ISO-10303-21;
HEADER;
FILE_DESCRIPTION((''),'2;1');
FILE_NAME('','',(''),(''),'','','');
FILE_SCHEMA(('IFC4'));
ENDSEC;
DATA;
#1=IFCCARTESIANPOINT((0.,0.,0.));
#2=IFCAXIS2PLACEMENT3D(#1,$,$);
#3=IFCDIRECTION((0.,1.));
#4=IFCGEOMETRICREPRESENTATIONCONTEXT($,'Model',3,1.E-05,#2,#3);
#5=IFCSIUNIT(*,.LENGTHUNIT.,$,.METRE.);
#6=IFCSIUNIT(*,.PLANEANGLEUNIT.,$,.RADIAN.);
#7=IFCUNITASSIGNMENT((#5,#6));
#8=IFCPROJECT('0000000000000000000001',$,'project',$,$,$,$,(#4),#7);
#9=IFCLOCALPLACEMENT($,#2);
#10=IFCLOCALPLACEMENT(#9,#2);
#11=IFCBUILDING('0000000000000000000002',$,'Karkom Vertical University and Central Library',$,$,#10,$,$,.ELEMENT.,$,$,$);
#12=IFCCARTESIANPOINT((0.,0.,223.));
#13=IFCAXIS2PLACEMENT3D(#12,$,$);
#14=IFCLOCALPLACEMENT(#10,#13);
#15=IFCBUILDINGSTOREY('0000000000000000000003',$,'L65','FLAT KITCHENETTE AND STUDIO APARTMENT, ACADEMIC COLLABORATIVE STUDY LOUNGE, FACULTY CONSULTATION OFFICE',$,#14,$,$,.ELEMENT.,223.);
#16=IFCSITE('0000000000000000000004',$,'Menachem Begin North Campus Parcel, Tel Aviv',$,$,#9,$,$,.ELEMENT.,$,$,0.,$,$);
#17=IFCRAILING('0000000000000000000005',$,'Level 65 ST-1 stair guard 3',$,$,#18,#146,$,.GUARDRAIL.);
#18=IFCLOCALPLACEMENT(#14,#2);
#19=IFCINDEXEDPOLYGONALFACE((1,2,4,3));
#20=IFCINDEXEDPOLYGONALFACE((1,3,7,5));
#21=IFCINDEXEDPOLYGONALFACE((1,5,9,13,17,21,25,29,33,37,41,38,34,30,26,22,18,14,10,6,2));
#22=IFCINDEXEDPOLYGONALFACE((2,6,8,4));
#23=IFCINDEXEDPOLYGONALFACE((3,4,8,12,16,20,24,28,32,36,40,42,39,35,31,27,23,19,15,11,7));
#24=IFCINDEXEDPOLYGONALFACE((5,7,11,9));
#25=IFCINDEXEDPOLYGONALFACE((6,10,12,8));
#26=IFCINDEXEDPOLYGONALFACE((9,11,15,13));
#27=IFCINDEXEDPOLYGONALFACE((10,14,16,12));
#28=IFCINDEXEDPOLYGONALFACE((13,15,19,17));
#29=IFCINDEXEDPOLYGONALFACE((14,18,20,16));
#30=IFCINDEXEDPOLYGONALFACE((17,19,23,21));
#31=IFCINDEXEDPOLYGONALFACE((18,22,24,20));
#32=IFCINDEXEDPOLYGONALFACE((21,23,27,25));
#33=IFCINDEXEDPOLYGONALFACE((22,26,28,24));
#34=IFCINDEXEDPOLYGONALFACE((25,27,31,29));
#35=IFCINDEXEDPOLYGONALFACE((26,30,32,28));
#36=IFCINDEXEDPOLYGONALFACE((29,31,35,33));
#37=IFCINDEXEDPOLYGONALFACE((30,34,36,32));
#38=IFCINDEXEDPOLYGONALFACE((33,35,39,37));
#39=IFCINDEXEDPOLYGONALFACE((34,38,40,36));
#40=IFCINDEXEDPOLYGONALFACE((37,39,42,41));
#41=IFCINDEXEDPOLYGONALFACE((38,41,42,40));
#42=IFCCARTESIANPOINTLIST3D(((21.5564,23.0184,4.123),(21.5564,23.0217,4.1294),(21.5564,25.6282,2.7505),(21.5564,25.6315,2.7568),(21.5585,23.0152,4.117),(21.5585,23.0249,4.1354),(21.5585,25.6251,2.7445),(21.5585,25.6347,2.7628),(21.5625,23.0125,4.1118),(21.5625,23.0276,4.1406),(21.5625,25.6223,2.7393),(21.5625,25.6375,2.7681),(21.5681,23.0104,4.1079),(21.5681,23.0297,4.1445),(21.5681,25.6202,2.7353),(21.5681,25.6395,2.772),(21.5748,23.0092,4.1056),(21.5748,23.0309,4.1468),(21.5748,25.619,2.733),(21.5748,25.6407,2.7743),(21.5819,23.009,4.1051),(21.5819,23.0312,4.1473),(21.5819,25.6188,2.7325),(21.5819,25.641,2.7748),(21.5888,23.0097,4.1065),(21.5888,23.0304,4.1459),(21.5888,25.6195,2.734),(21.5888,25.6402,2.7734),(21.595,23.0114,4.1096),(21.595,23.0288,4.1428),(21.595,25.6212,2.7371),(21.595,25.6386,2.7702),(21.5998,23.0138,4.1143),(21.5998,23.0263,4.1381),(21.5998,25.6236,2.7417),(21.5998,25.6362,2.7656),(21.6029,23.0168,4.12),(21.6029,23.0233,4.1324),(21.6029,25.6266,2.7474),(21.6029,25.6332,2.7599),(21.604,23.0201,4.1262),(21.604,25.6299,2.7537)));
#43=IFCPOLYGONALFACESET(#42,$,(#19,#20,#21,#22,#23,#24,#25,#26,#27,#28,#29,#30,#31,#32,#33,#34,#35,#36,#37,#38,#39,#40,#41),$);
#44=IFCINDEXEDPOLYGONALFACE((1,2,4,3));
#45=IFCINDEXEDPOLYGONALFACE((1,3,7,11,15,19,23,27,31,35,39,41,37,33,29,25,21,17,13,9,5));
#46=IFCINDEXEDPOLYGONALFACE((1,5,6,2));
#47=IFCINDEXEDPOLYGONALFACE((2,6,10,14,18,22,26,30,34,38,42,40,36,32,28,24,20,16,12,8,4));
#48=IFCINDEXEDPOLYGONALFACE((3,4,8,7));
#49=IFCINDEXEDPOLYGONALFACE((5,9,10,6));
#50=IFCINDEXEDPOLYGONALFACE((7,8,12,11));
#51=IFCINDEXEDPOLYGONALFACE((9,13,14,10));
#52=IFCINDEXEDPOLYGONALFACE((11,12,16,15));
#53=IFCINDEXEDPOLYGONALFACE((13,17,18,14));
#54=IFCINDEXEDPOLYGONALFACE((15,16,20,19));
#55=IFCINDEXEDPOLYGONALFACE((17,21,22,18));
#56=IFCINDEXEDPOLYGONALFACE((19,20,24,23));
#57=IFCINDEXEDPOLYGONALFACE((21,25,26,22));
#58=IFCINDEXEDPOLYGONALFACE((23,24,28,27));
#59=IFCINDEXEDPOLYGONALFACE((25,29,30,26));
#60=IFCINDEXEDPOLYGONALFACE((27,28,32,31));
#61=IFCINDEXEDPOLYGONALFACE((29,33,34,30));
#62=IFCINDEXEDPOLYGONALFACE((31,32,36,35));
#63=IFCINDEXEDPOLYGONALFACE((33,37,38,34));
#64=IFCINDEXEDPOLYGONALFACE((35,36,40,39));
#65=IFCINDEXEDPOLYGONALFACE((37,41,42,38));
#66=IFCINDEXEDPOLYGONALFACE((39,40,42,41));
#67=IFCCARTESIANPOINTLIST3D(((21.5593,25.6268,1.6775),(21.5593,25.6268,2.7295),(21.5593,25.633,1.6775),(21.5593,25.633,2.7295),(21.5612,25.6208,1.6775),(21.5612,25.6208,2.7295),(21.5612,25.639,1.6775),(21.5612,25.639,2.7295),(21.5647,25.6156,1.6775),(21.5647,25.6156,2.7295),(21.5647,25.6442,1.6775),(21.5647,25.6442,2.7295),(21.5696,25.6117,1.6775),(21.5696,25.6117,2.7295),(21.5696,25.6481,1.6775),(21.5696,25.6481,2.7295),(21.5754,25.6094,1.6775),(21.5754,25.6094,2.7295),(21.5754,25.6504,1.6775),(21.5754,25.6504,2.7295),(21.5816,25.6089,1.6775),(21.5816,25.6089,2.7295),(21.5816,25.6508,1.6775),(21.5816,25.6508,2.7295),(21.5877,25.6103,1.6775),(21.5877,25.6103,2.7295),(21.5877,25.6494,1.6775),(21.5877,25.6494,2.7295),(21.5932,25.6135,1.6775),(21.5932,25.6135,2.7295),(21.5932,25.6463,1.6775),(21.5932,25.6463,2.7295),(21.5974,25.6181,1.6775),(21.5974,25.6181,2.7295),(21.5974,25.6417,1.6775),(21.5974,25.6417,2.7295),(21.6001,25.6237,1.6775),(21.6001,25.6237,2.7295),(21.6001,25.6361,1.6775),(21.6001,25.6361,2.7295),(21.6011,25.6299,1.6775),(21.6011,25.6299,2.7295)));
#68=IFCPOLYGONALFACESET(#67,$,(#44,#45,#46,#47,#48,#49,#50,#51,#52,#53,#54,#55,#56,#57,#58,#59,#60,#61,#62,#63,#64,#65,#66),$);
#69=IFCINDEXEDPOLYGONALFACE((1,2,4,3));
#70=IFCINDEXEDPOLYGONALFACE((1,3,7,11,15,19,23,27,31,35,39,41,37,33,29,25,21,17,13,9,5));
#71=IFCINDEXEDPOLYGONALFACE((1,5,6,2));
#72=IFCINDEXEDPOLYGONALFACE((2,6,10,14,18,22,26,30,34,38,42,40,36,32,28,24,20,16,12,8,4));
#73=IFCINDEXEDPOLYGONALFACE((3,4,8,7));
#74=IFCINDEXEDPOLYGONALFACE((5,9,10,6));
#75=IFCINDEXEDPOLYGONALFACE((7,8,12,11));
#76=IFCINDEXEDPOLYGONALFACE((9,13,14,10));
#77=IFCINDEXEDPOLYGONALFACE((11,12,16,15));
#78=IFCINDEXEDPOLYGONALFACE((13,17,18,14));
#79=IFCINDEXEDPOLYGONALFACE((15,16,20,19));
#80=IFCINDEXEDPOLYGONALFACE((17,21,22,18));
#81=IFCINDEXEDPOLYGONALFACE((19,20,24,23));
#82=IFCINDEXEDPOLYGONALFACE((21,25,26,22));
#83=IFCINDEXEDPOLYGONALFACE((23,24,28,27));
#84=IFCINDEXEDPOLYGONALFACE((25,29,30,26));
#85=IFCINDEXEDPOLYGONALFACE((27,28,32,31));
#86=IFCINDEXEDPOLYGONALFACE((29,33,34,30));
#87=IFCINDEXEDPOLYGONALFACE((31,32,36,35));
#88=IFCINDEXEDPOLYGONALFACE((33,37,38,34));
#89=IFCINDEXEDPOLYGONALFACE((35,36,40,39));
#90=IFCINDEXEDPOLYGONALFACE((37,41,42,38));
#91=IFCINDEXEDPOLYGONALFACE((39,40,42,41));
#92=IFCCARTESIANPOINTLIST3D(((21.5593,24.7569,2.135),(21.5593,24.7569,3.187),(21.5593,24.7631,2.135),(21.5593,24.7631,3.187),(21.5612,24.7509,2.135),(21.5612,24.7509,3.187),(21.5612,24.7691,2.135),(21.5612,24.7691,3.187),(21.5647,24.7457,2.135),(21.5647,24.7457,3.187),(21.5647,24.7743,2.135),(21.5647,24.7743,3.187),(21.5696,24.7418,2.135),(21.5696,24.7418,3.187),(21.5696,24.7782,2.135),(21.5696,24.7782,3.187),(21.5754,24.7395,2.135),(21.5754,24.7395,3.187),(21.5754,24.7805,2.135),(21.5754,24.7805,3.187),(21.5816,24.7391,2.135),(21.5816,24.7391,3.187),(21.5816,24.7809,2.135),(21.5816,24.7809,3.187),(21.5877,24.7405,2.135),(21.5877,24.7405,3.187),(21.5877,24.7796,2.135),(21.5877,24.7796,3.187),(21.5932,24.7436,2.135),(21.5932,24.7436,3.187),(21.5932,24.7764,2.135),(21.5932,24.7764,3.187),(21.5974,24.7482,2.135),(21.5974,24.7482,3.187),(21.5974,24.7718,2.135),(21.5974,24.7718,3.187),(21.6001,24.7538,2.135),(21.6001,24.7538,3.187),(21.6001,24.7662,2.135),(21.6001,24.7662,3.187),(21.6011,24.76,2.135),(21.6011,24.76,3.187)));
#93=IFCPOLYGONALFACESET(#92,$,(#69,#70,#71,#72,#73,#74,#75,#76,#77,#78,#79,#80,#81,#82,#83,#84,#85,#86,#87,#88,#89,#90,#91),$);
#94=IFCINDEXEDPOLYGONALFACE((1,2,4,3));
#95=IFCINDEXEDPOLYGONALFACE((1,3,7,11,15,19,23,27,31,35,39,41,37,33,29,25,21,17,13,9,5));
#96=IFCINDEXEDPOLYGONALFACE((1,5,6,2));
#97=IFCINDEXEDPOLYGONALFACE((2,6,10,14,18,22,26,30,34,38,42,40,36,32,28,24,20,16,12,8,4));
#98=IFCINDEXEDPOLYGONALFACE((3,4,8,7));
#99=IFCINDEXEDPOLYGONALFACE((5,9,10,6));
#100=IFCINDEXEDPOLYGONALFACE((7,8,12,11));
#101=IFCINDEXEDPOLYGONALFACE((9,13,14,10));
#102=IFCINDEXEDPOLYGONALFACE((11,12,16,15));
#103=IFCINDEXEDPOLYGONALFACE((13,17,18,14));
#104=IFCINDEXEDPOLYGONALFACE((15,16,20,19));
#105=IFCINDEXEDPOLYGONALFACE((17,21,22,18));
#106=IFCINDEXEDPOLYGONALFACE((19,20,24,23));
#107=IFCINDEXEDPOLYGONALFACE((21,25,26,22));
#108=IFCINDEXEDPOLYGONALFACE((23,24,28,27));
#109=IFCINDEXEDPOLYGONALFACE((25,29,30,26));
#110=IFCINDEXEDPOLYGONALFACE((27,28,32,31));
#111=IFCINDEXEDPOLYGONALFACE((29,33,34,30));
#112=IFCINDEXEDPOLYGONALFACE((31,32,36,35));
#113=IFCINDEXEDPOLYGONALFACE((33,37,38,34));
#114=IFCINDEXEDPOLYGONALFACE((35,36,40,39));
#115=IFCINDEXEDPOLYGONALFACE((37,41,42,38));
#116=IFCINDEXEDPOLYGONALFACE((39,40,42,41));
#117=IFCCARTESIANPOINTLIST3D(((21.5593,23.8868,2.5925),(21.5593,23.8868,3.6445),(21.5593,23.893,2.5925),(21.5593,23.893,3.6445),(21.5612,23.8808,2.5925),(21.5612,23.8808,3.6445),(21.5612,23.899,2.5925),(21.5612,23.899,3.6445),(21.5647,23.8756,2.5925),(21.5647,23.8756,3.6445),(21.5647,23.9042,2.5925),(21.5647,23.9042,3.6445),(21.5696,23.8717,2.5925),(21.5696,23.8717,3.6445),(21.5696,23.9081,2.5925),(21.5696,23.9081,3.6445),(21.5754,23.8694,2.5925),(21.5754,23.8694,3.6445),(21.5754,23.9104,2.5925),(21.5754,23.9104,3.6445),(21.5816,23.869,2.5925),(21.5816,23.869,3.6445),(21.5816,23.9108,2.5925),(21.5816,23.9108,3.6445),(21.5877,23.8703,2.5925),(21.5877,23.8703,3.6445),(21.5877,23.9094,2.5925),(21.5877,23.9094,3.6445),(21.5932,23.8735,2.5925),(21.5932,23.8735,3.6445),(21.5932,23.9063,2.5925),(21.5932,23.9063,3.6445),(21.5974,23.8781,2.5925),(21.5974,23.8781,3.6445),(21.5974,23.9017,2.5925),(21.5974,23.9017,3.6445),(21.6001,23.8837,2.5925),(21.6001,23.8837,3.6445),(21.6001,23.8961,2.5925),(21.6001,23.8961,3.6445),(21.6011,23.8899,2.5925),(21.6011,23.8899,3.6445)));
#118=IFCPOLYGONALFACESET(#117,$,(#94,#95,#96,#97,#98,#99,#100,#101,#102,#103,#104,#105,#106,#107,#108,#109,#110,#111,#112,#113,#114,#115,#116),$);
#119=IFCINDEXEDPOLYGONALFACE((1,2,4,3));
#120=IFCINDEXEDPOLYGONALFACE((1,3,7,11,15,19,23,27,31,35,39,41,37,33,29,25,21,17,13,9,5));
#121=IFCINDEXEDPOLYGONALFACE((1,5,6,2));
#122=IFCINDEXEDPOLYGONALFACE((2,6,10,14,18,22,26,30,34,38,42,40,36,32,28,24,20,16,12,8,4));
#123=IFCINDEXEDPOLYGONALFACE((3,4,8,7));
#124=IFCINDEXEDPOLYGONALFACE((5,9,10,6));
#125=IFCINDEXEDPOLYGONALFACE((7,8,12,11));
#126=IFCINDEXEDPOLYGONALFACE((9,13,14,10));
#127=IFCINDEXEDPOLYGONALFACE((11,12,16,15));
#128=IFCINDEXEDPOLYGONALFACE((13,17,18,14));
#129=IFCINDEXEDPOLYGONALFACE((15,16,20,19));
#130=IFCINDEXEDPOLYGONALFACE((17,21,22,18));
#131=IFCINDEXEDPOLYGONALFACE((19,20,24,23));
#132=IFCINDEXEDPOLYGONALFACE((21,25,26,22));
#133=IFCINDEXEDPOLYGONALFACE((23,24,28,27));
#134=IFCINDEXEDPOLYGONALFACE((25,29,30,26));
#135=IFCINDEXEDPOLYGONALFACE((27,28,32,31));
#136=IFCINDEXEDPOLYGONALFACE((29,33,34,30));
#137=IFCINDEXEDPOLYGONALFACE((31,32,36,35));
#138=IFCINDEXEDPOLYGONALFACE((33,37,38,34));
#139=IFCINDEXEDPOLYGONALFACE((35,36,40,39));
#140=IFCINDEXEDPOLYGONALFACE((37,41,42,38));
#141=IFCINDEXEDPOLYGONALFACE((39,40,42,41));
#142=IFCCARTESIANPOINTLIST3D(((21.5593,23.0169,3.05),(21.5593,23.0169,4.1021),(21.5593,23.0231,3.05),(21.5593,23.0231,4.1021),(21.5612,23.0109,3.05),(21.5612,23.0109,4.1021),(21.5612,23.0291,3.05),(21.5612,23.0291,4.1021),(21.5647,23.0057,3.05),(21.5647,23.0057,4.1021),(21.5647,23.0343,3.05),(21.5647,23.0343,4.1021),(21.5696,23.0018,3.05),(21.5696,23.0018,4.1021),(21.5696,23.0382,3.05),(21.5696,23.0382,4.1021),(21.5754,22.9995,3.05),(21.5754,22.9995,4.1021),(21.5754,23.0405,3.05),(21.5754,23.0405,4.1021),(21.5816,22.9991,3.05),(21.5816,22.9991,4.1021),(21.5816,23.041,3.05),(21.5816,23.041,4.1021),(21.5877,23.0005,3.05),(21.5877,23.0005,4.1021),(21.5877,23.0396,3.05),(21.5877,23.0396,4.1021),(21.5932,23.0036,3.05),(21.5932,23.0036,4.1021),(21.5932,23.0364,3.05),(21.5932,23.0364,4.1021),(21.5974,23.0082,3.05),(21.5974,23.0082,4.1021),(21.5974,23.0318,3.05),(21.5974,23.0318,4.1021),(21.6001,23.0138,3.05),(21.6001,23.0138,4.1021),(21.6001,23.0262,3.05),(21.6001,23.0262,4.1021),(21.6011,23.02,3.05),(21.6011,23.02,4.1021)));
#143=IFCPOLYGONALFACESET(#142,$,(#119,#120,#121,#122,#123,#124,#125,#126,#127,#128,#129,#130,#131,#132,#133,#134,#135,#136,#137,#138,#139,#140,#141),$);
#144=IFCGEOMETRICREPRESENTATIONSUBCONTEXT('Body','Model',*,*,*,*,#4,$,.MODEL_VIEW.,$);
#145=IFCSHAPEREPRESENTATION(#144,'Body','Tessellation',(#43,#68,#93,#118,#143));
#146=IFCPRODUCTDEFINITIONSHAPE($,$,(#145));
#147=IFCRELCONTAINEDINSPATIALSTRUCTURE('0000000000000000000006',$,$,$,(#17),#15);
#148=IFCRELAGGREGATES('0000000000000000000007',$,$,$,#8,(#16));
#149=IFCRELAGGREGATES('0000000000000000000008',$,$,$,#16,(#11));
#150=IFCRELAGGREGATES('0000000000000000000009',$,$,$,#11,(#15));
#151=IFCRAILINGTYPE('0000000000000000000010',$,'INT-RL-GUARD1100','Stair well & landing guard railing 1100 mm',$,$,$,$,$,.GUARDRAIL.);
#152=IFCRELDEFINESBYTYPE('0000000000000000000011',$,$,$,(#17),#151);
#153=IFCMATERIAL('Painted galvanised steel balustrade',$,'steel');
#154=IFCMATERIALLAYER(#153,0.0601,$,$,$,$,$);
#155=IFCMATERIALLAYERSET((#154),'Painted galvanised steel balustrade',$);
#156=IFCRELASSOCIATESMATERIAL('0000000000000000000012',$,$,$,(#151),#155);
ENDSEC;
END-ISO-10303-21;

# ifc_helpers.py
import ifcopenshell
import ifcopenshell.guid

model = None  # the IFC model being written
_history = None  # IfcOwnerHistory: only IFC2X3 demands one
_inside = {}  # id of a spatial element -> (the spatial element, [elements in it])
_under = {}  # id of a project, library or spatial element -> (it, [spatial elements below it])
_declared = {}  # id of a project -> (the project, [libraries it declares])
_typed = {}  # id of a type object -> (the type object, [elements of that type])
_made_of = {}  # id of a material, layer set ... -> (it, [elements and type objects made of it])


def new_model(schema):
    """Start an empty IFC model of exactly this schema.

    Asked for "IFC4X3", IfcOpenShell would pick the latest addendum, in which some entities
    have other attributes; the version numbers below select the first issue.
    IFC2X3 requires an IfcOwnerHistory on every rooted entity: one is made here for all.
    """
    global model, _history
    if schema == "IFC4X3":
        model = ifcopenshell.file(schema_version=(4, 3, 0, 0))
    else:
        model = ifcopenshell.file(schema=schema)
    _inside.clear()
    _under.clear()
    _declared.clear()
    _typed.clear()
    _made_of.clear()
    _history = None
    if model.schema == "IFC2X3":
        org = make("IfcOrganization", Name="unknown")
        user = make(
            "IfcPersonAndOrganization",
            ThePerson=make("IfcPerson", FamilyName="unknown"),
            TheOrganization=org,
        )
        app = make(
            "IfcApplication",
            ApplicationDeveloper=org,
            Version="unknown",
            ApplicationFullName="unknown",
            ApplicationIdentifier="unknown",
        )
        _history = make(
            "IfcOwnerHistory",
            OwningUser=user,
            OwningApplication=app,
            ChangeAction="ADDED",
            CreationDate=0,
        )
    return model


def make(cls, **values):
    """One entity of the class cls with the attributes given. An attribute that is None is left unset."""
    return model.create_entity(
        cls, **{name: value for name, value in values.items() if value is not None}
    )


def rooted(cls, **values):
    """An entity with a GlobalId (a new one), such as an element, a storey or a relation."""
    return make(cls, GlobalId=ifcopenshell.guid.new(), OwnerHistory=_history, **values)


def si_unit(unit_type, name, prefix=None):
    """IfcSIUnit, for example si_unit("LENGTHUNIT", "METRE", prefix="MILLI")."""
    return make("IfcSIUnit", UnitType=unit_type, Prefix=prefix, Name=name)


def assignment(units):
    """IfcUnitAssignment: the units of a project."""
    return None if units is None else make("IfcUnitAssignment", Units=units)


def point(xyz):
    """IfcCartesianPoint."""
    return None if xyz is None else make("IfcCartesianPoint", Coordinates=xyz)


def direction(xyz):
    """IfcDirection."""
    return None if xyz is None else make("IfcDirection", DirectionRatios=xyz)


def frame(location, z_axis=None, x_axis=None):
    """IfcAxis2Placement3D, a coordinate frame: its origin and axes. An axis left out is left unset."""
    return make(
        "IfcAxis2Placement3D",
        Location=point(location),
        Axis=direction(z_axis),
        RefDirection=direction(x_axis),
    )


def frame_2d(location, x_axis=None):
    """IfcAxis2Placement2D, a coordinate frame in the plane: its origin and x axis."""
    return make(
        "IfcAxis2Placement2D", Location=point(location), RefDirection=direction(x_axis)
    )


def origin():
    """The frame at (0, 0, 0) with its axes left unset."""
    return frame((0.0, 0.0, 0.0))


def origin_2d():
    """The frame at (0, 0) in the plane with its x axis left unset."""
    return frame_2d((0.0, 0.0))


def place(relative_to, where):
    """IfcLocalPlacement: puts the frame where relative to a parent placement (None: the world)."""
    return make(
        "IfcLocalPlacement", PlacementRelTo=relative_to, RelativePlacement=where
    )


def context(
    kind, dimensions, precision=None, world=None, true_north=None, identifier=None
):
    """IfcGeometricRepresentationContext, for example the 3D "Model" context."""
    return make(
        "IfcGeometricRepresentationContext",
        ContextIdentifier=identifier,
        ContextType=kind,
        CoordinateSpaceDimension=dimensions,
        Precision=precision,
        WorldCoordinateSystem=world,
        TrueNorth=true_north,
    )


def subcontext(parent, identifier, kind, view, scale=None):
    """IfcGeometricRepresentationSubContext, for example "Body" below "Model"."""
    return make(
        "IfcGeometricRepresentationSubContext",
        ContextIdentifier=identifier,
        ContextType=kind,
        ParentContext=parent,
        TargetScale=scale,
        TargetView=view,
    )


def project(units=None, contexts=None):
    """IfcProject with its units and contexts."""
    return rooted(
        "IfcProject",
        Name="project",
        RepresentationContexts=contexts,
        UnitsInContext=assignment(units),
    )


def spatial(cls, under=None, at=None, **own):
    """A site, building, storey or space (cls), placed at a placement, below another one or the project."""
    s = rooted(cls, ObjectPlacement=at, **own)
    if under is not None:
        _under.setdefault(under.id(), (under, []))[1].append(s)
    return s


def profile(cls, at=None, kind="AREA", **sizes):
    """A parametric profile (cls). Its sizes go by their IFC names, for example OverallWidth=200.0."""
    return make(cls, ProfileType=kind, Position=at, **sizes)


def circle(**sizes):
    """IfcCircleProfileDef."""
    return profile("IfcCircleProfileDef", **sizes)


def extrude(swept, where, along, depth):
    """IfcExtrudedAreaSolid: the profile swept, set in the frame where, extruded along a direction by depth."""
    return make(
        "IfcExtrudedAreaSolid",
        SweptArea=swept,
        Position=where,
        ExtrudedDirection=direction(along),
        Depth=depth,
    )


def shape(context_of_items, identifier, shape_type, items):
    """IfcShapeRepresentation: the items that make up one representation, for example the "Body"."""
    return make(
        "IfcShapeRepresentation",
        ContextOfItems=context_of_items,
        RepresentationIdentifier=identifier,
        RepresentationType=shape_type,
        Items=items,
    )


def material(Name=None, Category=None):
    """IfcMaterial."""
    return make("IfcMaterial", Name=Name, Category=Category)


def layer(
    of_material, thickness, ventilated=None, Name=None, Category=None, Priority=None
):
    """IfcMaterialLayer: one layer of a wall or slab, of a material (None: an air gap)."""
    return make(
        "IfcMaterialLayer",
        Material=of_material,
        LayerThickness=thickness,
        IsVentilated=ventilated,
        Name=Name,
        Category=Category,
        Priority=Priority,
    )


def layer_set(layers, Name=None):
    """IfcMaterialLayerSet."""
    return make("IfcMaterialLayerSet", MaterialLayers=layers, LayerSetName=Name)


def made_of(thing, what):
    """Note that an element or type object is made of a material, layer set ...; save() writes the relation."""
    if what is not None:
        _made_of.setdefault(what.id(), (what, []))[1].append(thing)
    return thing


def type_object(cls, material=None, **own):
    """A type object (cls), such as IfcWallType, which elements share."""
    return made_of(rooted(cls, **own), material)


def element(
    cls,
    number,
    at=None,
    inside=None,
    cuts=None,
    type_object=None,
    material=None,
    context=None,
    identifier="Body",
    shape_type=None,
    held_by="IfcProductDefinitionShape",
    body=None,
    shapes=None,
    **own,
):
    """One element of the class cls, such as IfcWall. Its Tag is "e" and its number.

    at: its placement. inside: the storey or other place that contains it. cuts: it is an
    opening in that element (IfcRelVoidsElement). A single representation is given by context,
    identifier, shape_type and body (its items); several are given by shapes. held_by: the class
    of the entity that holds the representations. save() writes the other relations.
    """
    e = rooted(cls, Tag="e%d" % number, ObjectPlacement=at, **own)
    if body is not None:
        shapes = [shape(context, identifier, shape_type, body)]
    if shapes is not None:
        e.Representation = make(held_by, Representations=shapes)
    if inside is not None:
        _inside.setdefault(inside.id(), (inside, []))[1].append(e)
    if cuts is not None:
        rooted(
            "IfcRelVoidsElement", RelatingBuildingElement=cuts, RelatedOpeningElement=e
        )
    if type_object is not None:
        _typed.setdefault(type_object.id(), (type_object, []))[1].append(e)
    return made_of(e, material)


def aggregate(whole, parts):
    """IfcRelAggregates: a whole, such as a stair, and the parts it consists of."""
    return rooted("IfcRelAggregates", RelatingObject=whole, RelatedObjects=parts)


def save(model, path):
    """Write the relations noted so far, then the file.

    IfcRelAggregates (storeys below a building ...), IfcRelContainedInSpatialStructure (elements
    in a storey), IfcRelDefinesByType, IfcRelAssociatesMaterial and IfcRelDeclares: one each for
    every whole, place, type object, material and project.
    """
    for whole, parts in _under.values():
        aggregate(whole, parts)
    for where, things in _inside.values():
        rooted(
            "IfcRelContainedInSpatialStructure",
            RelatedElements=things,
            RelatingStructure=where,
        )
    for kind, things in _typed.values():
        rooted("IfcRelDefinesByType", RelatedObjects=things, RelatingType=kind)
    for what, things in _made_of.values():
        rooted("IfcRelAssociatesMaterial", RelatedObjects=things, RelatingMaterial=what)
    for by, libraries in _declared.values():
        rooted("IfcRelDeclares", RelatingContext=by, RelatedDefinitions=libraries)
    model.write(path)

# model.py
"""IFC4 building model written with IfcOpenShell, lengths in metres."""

from ifc_helpers import new_model, si_unit, direction, frame, origin, origin_2d, place, context, subcontext, project, spatial, circle, extrude, material, layer, layer_set, type_object, element, save


model = new_model("IFC4")

# Units and contexts
model_context = context("Model", 3, precision=1e-05, world=origin(), true_north=direction((0.0, 1.0)))
body_context = subcontext(model_context, "Body", "Model", "MODEL_VIEW")
ifc_project = project(units=[si_unit("LENGTHUNIT", "METRE"), si_unit("PLANEANGLEUNIT", "RADIAN")], contexts=[model_context])

# Site, building, storey
site_placement = place(None, origin())
site = spatial("IfcSite", under=ifc_project, at=site_placement, Name="Menachem Begin North Campus Parcel, Tel Aviv", CompositionType="ELEMENT", RefElevation=0.0)
building_placement = place(site_placement, origin())
building = spatial("IfcBuilding", under=site, at=building_placement, Name="Karkom Vertical University and Central Library", CompositionType="ELEMENT")
storey_placement = place(building_placement, frame((0.0, 0.0, 223.0)))
storey = spatial("IfcBuildingStorey", under=building, at=storey_placement, Name="L65", Description="FLAT KITCHENETTE AND STUDIO APARTMENT, ACADEMIC COLLABORATIVE STUDY LOUNGE, FACULTY CONSULTATION OFFICE", CompositionType="ELEMENT", Elevation=223.0)

# Railing
ifc_material_1 = material(Name="Painted galvanised steel balustrade", Category="steel")
ifc_layer_1 = layer(ifc_material_1, 0.0601)
ifc_layer_set_1 = layer_set([ifc_layer_1], Name="Painted galvanised steel balustrade")
railing_type_1 = type_object("IfcRailingType", Name="INT-RL-GUARD1100", Description="Stair well & landing guard railing 1100 mm", PredefinedType="GUARDRAIL", material=ifc_layer_set_1)
railing_1_placement = place(storey_placement, frame((21.5801, 25.6299, 1.6775)))
element("IfcRailing", 1, at=railing_1_placement, inside=storey, type_object=railing_type_1, Name="Level 65 ST-1 stair guard 3", PredefinedType="GUARDRAIL", context=body_context, shape_type="SweptSolid", body=[
    extrude(circle(Radius=0.0239, at=origin_2d()), frame((0.0, 0.0, 1.0762), z_axis=(0.0, -0.885065, 0.465467), x_axis=(1.0, 0.0, 0.0)), (0.0, 0.0, 1.0), 2.9487),
    extrude(circle(Radius=0.021, at=origin_2d()), origin(), (0.0, 0.0, 1.0), 1.052),
    extrude(circle(Radius=0.021, at=origin_2d()), frame((0.0, -0.8699, 0.4575)), (0.0, 0.0, 1.0), 1.052),
    extrude(circle(Radius=0.021, at=origin_2d()), frame((0.0, -1.74, 0.915)), (0.0, 0.0, 1.0), 1.052),
    extrude(circle(Radius=0.021, at=origin_2d()), frame((0.0, -2.6099, 1.3726)), (0.0, 0.0, 1.0), 1.052),
])

save(model, "model.ifc")
